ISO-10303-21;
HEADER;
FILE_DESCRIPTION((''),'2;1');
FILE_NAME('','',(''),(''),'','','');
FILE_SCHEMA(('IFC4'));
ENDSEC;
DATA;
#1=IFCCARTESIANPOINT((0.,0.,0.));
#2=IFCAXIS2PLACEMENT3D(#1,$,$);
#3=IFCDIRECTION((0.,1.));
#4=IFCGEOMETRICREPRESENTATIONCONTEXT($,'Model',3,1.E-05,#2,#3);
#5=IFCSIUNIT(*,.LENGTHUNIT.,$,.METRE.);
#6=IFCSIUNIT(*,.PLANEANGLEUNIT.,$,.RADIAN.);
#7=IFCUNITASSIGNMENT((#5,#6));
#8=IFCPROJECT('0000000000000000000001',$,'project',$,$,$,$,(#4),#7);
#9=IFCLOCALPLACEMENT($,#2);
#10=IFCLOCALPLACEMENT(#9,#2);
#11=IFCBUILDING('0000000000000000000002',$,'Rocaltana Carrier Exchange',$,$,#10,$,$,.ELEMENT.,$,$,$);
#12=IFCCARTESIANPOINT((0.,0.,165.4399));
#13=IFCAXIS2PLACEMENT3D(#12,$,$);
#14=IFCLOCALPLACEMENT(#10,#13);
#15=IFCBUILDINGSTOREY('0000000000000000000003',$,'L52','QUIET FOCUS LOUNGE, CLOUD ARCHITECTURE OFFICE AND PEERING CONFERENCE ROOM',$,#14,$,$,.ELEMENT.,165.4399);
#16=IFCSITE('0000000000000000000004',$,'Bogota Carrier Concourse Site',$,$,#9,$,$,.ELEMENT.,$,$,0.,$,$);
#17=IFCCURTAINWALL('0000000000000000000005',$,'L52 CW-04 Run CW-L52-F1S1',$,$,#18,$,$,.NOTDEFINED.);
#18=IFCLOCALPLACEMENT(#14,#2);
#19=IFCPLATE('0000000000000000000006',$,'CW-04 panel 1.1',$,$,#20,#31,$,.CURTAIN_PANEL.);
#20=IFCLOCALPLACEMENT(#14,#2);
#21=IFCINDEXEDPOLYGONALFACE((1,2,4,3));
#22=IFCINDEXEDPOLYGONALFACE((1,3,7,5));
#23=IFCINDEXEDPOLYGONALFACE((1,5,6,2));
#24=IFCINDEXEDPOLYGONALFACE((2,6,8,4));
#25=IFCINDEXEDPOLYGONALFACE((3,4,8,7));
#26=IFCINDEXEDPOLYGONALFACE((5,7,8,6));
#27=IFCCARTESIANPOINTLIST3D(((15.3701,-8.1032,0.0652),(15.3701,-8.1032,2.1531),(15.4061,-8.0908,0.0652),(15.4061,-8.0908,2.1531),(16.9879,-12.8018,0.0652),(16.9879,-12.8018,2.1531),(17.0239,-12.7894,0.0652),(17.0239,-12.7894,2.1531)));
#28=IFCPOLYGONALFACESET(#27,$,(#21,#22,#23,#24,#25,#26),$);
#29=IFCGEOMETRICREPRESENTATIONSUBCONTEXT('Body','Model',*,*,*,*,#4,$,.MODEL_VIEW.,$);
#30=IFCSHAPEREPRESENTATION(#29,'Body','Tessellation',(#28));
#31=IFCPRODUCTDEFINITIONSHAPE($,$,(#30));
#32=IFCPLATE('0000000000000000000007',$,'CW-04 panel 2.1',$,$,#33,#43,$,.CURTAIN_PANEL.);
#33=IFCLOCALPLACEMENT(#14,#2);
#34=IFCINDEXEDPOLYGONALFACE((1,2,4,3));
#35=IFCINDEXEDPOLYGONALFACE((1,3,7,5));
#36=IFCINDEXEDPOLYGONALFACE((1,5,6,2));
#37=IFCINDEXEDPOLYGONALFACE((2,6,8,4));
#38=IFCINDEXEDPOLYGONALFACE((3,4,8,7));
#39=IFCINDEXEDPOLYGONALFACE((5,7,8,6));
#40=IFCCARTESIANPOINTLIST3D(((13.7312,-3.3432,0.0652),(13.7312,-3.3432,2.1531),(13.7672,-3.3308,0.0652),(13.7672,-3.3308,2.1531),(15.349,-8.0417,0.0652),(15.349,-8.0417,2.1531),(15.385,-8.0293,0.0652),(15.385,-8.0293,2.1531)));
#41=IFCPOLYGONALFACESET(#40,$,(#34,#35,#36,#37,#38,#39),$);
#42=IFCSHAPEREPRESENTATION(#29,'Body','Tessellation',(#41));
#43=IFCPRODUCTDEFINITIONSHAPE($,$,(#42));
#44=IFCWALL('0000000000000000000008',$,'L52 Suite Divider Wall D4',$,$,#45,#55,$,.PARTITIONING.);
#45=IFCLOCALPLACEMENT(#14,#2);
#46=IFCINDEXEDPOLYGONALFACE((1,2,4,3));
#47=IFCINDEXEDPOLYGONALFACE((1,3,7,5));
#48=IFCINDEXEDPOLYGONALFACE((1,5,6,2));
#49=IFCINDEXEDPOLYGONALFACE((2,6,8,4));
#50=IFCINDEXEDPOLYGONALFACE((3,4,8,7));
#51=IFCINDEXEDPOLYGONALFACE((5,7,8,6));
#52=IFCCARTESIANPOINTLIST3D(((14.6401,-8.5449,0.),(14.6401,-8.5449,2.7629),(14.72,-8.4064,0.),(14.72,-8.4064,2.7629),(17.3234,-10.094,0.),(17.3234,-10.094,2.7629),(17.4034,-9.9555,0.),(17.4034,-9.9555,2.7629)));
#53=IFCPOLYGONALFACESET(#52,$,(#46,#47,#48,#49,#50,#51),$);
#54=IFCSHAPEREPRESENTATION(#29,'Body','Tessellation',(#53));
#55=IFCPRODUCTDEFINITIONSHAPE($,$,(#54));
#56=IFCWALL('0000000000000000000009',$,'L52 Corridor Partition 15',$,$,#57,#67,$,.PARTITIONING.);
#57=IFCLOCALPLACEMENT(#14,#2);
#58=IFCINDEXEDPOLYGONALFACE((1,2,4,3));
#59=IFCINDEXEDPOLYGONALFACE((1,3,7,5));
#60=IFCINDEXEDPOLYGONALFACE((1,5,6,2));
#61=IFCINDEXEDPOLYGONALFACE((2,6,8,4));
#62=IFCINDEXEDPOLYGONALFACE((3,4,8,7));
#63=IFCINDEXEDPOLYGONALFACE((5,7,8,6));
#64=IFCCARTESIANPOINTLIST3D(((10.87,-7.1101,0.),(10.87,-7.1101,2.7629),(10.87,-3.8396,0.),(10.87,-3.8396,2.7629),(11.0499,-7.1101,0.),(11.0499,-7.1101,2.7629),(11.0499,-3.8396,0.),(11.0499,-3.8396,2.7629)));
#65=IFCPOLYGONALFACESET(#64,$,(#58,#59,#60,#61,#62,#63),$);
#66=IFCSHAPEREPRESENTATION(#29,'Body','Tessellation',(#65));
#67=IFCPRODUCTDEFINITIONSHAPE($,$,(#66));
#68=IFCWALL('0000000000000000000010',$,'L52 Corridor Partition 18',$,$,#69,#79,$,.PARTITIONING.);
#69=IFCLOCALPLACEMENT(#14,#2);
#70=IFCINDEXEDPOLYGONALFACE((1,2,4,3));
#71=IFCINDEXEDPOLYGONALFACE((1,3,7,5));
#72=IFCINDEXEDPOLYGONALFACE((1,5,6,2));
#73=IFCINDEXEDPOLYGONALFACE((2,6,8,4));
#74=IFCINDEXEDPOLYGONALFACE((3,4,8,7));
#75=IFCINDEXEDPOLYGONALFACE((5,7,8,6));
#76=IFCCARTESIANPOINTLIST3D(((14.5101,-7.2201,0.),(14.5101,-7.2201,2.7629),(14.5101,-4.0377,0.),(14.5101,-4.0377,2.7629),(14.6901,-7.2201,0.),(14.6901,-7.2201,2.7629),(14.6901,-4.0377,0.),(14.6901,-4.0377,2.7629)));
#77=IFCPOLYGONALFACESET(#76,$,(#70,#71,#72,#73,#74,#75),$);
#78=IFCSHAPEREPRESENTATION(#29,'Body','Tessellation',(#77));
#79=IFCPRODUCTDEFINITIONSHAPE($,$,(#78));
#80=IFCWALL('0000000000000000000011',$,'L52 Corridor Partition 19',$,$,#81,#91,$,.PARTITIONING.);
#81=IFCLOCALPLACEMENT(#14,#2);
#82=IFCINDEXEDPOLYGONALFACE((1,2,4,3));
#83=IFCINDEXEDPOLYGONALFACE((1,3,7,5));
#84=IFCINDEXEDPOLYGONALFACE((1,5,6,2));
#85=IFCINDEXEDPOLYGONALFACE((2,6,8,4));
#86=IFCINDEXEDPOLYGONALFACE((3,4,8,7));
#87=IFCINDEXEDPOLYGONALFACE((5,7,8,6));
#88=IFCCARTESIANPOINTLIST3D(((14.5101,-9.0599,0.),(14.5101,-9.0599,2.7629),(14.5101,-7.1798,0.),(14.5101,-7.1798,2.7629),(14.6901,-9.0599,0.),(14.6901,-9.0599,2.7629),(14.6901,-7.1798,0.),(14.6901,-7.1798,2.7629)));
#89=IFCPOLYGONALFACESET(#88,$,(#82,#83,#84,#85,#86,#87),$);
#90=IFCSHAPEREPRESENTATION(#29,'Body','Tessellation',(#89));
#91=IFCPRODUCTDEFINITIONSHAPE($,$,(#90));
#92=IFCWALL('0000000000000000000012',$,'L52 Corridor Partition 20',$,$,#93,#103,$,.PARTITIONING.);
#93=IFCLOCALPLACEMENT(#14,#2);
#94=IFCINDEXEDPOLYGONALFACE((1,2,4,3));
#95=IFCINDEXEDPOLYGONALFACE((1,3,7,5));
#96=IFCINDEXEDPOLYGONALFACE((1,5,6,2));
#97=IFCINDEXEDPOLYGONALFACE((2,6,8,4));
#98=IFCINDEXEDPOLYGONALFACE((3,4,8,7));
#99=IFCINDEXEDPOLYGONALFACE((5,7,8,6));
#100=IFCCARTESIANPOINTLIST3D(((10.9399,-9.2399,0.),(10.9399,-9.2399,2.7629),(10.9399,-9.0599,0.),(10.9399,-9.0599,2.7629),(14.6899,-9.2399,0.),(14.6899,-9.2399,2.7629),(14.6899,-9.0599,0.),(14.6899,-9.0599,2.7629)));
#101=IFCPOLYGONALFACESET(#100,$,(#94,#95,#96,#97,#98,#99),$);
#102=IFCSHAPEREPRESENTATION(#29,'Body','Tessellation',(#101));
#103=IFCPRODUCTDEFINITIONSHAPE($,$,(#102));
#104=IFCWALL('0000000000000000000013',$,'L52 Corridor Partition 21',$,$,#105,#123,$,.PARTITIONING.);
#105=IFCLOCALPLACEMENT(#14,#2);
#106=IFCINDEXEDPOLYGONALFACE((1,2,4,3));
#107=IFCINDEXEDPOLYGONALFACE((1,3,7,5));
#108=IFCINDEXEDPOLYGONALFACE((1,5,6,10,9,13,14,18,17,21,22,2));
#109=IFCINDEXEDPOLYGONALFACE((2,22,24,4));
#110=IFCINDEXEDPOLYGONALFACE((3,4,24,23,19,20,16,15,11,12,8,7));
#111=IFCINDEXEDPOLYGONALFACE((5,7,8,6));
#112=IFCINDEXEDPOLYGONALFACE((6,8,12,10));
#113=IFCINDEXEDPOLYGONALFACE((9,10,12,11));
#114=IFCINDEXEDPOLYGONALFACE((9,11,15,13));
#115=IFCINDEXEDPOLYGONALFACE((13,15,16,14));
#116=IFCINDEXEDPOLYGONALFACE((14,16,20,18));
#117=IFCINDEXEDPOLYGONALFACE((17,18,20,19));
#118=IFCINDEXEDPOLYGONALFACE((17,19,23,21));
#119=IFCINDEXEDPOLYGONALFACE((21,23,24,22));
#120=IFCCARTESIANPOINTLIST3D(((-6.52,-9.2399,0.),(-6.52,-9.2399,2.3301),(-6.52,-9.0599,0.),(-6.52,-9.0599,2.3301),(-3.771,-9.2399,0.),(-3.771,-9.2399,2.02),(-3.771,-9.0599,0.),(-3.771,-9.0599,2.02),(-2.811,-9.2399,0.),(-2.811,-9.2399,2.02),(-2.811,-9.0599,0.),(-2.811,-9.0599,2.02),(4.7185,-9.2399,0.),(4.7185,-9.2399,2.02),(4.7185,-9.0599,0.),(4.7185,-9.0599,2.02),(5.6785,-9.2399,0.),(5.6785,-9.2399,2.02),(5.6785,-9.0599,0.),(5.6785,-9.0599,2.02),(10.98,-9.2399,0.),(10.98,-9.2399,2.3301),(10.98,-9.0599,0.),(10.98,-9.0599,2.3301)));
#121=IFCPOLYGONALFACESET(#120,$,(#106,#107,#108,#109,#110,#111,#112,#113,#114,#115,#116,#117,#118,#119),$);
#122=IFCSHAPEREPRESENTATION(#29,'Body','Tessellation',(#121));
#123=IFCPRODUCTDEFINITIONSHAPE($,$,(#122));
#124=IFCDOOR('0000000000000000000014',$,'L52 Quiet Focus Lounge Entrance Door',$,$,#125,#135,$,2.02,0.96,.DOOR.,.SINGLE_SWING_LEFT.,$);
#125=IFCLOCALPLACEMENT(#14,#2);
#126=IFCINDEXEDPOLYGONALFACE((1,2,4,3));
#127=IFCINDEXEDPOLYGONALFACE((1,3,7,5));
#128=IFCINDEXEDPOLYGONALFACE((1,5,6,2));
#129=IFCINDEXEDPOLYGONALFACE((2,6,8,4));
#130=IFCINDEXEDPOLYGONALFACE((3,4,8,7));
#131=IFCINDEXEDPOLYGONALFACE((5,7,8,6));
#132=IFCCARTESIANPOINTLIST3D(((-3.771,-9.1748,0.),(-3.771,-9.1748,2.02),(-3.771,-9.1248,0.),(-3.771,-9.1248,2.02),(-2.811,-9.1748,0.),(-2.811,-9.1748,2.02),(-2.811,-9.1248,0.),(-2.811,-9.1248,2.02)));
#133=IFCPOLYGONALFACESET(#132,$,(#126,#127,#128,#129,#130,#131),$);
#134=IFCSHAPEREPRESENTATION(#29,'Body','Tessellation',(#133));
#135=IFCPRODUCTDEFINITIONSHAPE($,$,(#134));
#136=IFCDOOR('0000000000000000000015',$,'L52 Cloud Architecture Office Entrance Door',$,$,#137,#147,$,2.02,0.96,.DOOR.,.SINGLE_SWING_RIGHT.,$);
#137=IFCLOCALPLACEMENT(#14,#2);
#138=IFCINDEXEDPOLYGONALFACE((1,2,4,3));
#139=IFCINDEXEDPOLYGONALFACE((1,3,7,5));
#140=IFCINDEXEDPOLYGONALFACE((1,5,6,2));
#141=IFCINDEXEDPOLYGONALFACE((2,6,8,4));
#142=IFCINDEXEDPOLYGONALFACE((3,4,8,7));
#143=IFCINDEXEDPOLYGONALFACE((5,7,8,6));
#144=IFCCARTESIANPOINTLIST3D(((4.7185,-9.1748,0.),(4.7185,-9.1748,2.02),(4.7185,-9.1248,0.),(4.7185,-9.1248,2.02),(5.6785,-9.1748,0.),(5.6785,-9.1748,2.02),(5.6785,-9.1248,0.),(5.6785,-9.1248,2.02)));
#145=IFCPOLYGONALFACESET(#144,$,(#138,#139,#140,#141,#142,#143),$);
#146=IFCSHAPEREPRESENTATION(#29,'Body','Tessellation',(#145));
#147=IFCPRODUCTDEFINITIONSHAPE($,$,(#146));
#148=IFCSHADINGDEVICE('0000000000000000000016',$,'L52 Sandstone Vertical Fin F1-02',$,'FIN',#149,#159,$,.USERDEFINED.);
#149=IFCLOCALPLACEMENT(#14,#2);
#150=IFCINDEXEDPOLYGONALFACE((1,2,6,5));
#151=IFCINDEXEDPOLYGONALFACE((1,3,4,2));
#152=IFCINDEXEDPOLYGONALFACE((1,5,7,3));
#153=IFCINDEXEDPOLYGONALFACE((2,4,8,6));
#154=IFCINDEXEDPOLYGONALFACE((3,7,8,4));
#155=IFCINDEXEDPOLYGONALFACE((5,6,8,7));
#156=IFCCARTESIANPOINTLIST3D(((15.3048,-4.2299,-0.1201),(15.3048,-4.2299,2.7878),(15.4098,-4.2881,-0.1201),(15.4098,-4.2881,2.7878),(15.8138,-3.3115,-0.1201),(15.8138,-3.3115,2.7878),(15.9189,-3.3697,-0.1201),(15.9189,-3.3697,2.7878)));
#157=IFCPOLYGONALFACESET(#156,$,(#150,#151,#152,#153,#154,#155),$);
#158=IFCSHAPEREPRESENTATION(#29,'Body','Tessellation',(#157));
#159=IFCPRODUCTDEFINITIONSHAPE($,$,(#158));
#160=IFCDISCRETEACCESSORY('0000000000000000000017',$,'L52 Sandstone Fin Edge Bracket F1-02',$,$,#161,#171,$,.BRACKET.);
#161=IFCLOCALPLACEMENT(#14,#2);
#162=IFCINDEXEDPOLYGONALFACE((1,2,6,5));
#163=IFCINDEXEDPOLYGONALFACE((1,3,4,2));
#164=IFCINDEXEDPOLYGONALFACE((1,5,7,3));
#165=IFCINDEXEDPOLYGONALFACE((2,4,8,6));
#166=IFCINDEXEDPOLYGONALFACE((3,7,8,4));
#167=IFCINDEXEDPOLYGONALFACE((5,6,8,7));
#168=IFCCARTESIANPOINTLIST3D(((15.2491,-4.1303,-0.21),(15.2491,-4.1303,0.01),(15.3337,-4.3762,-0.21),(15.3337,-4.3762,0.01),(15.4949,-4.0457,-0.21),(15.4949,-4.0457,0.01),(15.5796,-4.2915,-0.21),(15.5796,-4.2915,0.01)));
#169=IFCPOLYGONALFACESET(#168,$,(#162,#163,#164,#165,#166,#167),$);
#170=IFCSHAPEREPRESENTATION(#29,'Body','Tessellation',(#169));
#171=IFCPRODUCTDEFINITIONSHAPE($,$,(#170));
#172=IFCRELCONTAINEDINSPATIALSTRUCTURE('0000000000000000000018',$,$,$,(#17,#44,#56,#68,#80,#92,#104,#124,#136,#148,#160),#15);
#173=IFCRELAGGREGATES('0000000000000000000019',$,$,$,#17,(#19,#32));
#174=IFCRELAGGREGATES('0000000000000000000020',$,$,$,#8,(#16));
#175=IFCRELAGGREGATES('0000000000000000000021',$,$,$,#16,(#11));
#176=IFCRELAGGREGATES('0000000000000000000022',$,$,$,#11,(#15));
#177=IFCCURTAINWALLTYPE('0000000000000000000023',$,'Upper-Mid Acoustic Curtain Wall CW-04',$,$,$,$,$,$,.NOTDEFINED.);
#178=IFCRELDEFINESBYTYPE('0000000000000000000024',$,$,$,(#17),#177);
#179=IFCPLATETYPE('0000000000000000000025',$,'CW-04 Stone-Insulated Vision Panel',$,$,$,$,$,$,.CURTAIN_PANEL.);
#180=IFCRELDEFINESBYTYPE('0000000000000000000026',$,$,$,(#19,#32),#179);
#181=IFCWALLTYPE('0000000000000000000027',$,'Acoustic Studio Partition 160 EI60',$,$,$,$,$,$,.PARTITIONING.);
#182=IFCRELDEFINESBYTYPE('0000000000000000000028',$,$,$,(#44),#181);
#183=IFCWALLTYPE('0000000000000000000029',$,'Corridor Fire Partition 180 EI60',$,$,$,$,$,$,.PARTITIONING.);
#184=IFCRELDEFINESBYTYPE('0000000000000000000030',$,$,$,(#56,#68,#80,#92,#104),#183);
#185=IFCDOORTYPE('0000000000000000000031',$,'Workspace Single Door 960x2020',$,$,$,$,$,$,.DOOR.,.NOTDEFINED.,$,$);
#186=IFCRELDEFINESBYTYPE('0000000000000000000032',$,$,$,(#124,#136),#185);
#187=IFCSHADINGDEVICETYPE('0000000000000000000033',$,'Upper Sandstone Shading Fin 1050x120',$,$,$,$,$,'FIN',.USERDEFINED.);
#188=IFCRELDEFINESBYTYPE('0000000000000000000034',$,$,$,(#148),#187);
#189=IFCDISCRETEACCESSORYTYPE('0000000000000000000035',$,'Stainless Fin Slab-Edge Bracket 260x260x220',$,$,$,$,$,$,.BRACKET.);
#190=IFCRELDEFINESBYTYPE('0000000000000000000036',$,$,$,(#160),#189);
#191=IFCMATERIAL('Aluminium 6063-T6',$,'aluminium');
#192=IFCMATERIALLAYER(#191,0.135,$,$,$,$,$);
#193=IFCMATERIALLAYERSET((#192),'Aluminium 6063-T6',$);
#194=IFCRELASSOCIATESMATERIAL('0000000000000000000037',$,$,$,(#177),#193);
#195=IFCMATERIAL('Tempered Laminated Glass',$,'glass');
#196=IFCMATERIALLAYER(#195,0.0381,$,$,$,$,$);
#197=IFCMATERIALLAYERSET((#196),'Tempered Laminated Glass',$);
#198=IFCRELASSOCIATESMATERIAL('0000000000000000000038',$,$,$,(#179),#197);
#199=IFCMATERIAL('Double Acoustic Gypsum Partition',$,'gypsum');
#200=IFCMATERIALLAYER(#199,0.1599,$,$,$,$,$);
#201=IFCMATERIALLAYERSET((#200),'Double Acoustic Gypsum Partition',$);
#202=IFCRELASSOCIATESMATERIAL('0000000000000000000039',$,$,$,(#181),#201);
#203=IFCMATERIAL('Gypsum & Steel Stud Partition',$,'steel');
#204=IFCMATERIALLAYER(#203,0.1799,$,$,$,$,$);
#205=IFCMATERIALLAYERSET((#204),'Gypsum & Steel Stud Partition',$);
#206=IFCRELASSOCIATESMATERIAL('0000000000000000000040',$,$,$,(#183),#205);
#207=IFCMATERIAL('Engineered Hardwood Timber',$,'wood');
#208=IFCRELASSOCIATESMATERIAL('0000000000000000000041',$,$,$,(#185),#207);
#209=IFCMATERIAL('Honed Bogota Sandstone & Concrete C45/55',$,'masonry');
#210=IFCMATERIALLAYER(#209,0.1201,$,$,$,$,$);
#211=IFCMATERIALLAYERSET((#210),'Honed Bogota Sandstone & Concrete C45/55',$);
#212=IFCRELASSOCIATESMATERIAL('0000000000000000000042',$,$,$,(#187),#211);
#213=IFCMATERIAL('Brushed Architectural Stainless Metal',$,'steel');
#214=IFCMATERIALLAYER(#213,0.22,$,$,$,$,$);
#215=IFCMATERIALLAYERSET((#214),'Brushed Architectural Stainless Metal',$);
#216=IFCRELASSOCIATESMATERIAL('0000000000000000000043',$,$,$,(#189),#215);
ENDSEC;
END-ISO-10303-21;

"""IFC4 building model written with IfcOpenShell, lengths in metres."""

from ifc_helpers import new_model, si_unit, direction, frame, frame_2d, origin, origin_2d, place, context, subcontext, project, spatial, rectangle, extrude, material, layer, layer_set, type_object, element, fill, aggregate, save


model = new_model("IFC4")

# Units and contexts
model_context = context("Model", 3, precision=1e-05, world=origin(), true_north=direction((0.0, 1.0)))
body_context = subcontext(model_context, "Body", "Model", "MODEL_VIEW")
ifc_project = project(units=[si_unit("LENGTHUNIT", "METRE"), si_unit("PLANEANGLEUNIT", "RADIAN")], contexts=[model_context])

# Site, building, storey
site_placement = place(None, origin())
site = spatial("IfcSite", under=ifc_project, at=site_placement, Name="Bogota Carrier Concourse Site", CompositionType="ELEMENT", RefElevation=0.0)
building_placement = place(site_placement, origin())
building = spatial("IfcBuilding", under=site, at=building_placement, Name="Rocaltana Carrier Exchange", CompositionType="ELEMENT")
storey_placement = place(building_placement, frame((0.0, 0.0, 165.4399)))
storey = spatial("IfcBuildingStorey", under=building, at=storey_placement, Name="L52", Description="QUIET FOCUS LOUNGE, CLOUD ARCHITECTURE OFFICE AND PEERING CONFERENCE ROOM", CompositionType="ELEMENT", Elevation=165.4399)

# Curtain wall
ifc_material_1 = material(Name="Aluminium 6063-T6", Category="aluminium")
ifc_layer_1 = layer(ifc_material_1, 0.135)
ifc_layer_set_1 = layer_set([ifc_layer_1], Name="Aluminium 6063-T6")
curtain_wall_type = type_object("IfcCurtainWallType", Name="Upper-Mid Acoustic Curtain Wall CW-04", PredefinedType="NOTDEFINED", material=ifc_layer_set_1)
curtain_wall_placement = place(storey_placement, origin())
curtain_wall = element("IfcCurtainWall", 1, at=curtain_wall_placement, inside=storey, type_object=curtain_wall_type, Name="L52 CW-04 Run CW-L52-F1S1", PredefinedType="NOTDEFINED")

# Plates
ifc_material_2 = material(Name="Tempered Laminated Glass", Category="glass")
ifc_layer_2 = layer(ifc_material_2, 0.0381)
ifc_layer_set_2 = layer_set([ifc_layer_2], Name="Tempered Laminated Glass")
plate_type = type_object("IfcPlateType", Name="CW-04 Stone-Insulated Vision Panel", PredefinedType="CURTAIN_PANEL", material=ifc_layer_set_2)
plate_1_placement = place(storey_placement, frame((16.197, -10.4463, 0.0652), z_axis=(0.0, 0.0, 1.0), x_axis=(-0.325559, 0.945522, 0.0)))
plate_1 = element("IfcPlate", 2, at=plate_1_placement, type_object=plate_type, Name="CW-04 panel 1.1", PredefinedType="CURTAIN_PANEL", context=body_context, shape_type="SweptSolid", body=[
    extrude(rectangle(XDim=4.9692, YDim=0.0381, at=origin_2d()), origin(), (0.0, 0.0, 1.0), 2.0879),
])
plate_2_placement = place(storey_placement, frame((14.5581, -5.6863, 0.0652), z_axis=(0.0, 0.0, 1.0), x_axis=(-0.325559, 0.945522, 0.0)))
plate_2 = element("IfcPlate", 3, at=plate_2_placement, type_object=plate_type, Name="CW-04 panel 2.1", PredefinedType="CURTAIN_PANEL", context=body_context, shape_type="SweptSolid", body=[
    extrude(rectangle(XDim=4.9692, YDim=0.0381, at=origin_2d()), origin(), (0.0, 0.0, 1.0), 2.0879),
])
aggregate(curtain_wall, [plate_1, plate_2])

# Walls
ifc_material_3 = material(Name="Double Acoustic Gypsum Partition", Category="gypsum")
ifc_layer_3 = layer(ifc_material_3, 0.1599)
ifc_layer_set_3 = layer_set([ifc_layer_3], Name="Double Acoustic Gypsum Partition")
wall_type_1 = type_object("IfcWallType", Name="Acoustic Studio Partition 160 EI60", PredefinedType="PARTITIONING", material=ifc_layer_set_3)
wall_1_placement = place(storey_placement, frame((14.6799, -8.4756, 0.0), z_axis=(0.0, 0.0, 1.0), x_axis=(0.866048, -0.499961, 0.0)))
element("IfcWall", 4, at=wall_1_placement, inside=storey, type_object=wall_type_1, Name="L52 Suite Divider Wall D4", PredefinedType="PARTITIONING", context=body_context, shape_type="SweptSolid", body=[
    extrude(rectangle(XDim=3.0984, YDim=0.1599, at=frame_2d((1.5493, 0.0))), origin(), (0.0, 0.0, 1.0), 2.7629),
])
ifc_material_4 = material(Name="Gypsum & Steel Stud Partition", Category="steel")
ifc_layer_4 = layer(ifc_material_4, 0.1799)
ifc_layer_set_4 = layer_set([ifc_layer_4], Name="Gypsum & Steel Stud Partition")
wall_type_2 = type_object("IfcWallType", Name="Corridor Fire Partition 180 EI60", PredefinedType="PARTITIONING", material=ifc_layer_set_4)
wall_2_placement = place(storey_placement, frame((10.96, -7.1101, 0.0), z_axis=(0.0, 0.0, 1.0), x_axis=(0.0, 1.0, 0.0)))
element("IfcWall", 5, at=wall_2_placement, inside=storey, type_object=wall_type_2, Name="L52 Corridor Partition 15", PredefinedType="PARTITIONING", context=body_context, shape_type="SweptSolid", body=[
    extrude(rectangle(XDim=3.2705, YDim=0.1799, at=frame_2d((1.6353, 0.0))), origin(), (0.0, 0.0, 1.0), 2.7629),
])
wall_3_placement = place(storey_placement, frame((14.6001, -4.0376, 0.0), z_axis=(0.0, 0.0, 1.0), x_axis=(0.0, -1.0, 0.0)))
element("IfcWall", 6, at=wall_3_placement, inside=storey, type_object=wall_type_2, Name="L52 Corridor Partition 18", PredefinedType="PARTITIONING", context=body_context, shape_type="SweptSolid", body=[
    extrude(rectangle(XDim=3.1824, YDim=0.1799, at=frame_2d((1.5913, 0.0))), origin(), (0.0, 0.0, 1.0), 2.7629),
])
wall_4_placement = place(storey_placement, frame((14.6001, -7.1799, 0.0), z_axis=(0.0, 0.0, 1.0), x_axis=(0.0, -1.0, 0.0)))
element("IfcWall", 7, at=wall_4_placement, inside=storey, type_object=wall_type_2, Name="L52 Corridor Partition 19", PredefinedType="PARTITIONING", context=body_context, shape_type="SweptSolid", body=[
    extrude(rectangle(XDim=1.8801, YDim=0.1799, at=frame_2d((0.9399, 0.0))), origin(), (0.0, 0.0, 1.0), 2.7629),
])
wall_5_placement = place(storey_placement, frame((14.6899, -9.1499, 0.0), z_axis=(0.0, 0.0, 1.0), x_axis=(-1.0, 0.0, 0.0)))
element("IfcWall", 8, at=wall_5_placement, inside=storey, type_object=wall_type_2, Name="L52 Corridor Partition 20", PredefinedType="PARTITIONING", context=body_context, shape_type="SweptSolid", body=[
    extrude(rectangle(XDim=3.75, YDim=0.1799, at=frame_2d((1.875, 0.0))), origin(), (0.0, 0.0, 1.0), 2.7629),
])

# Wall, openings, doors
wall_6_placement = place(storey_placement, frame((10.98, -9.1499, 0.0), z_axis=(0.0, 0.0, 1.0), x_axis=(-1.0, 0.0, 0.0)))
wall_6 = element("IfcWall", 9, at=wall_6_placement, inside=storey, type_object=wall_type_2, Name="L52 Corridor Partition 21", PredefinedType="PARTITIONING", context=body_context, shape_type="SweptSolid", body=[
    extrude(rectangle(XDim=17.5, YDim=0.1799, at=frame_2d((8.75, 0.0))), origin(), (0.0, 0.0, 1.0), 2.3301),
])
opening_1_placement = place(wall_6_placement, frame((13.791, 0.0, 0.0)))
opening_1 = element("IfcOpeningElement", 10, at=opening_1_placement, cuts=wall_6, PredefinedType="OPENING", context=body_context, shape_type="SweptSolid", body=[
    extrude(rectangle(XDim=0.96, YDim=2.02, at=frame_2d((0.48, 1.01))), frame((0.0, 0.0999, 0.0), z_axis=(0.0, -1.0, 0.0), x_axis=(1.0, 0.0, 0.0)), (0.0, 0.0, 1.0), 0.2),
])
opening_2_placement = place(wall_6_placement, frame((5.3015, 0.0, 0.0)))
opening_2 = element("IfcOpeningElement", 11, at=opening_2_placement, cuts=wall_6, PredefinedType="OPENING", context=body_context, shape_type="SweptSolid", body=[
    extrude(rectangle(XDim=0.96, YDim=2.02, at=frame_2d((0.48, 1.01))), frame((0.0, 0.0999, 0.0), z_axis=(0.0, -1.0, 0.0), x_axis=(1.0, 0.0, 0.0)), (0.0, 0.0, 1.0), 0.2),
])
ifc_material_5 = material(Name="Engineered Hardwood Timber", Category="wood")
door_type = type_object("IfcDoorType", Name="Workspace Single Door 960x2020", OperationType="NOTDEFINED", PredefinedType="DOOR", material=ifc_material_5)
door_1_placement = place(opening_1_placement, origin())
door_1 = element("IfcDoor", 12, at=door_1_placement, inside=storey, type_object=door_type, Name="L52 Quiet Focus Lounge Entrance Door", OperationType="SINGLE_SWING_LEFT", OverallHeight=2.02, OverallWidth=0.96, PredefinedType="DOOR", context=body_context, shape_type="SweptSolid", body=[
    extrude(rectangle(XDim=0.96, YDim=2.02, at=frame_2d((0.48, 1.01))), frame((0.0, 0.0249, 0.0), z_axis=(0.0, -1.0, 0.0), x_axis=(1.0, 0.0, 0.0)), (0.0, 0.0, 1.0), 0.05),
])
fill(opening_1, door_1)
door_2_placement = place(opening_2_placement, origin())
door_2 = element("IfcDoor", 13, at=door_2_placement, inside=storey, type_object=door_type, Name="L52 Cloud Architecture Office Entrance Door", OperationType="SINGLE_SWING_RIGHT", OverallHeight=2.02, OverallWidth=0.96, PredefinedType="DOOR", context=body_context, shape_type="SweptSolid", body=[
    extrude(rectangle(XDim=0.96, YDim=2.02, at=frame_2d((0.48, 1.01))), frame((0.0, 0.0249, 0.0), z_axis=(0.0, -1.0, 0.0), x_axis=(1.0, 0.0, 0.0)), (0.0, 0.0, 1.0), 0.05),
])
fill(opening_2, door_2)

# Shading device
ifc_material_6 = material(Name="Honed Bogota Sandstone & Concrete C45/55", Category="masonry")
ifc_layer_5 = layer(ifc_material_6, 0.1201)
ifc_layer_set_5 = layer_set([ifc_layer_5], Name="Honed Bogota Sandstone & Concrete C45/55")
shading_device_type = type_object("IfcShadingDeviceType", Name="Upper Sandstone Shading Fin 1050x120", ElementType="FIN", PredefinedType="USERDEFINED", material=ifc_layer_set_5)
shading_device_placement = place(storey_placement, frame((15.6118, -3.7998, -0.1201), z_axis=(0.0, 0.0, 1.0), x_axis=(0.48481, 0.87462, 0.0)))
element("IfcShadingDevice", 14, at=shading_device_placement, inside=storey, type_object=shading_device_type, Name="L52 Sandstone Vertical Fin F1-02", ObjectType="FIN", PredefinedType="USERDEFINED", context=body_context, shape_type="SweptSolid", body=[
    extrude(rectangle(XDim=1.05, YDim=0.1201, at=origin_2d()), origin(), (0.0, 0.0, 1.0), 2.908),
])

# Discrete accessory
ifc_material_7 = material(Name="Brushed Architectural Stainless Metal", Category="steel")
ifc_layer_6 = layer(ifc_material_7, 0.22)
ifc_layer_set_6 = layer_set([ifc_layer_6], Name="Brushed Architectural Stainless Metal")
discrete_accessory_type = type_object("IfcDiscreteAccessoryType", Name="Stainless Fin Slab-Edge Bracket 260x260x220", PredefinedType="BRACKET", material=ifc_layer_set_6)
discrete_accessory_placement = place(storey_placement, frame((15.4143, -4.2109, -0.21), z_axis=(0.0, 0.0, 1.0), x_axis=(-0.325568, 0.945519, 0.0)))
element("IfcDiscreteAccessory", 15, at=discrete_accessory_placement, inside=storey, type_object=discrete_accessory_type, Name="L52 Sandstone Fin Edge Bracket F1-02", PredefinedType="BRACKET", context=body_context, shape_type="SweptSolid", body=[
    extrude(rectangle(XDim=0.26, YDim=0.26, at=origin_2d()), origin(), (0.0, 0.0, 1.0), 0.22),
])

save(model, "model.ifc")
